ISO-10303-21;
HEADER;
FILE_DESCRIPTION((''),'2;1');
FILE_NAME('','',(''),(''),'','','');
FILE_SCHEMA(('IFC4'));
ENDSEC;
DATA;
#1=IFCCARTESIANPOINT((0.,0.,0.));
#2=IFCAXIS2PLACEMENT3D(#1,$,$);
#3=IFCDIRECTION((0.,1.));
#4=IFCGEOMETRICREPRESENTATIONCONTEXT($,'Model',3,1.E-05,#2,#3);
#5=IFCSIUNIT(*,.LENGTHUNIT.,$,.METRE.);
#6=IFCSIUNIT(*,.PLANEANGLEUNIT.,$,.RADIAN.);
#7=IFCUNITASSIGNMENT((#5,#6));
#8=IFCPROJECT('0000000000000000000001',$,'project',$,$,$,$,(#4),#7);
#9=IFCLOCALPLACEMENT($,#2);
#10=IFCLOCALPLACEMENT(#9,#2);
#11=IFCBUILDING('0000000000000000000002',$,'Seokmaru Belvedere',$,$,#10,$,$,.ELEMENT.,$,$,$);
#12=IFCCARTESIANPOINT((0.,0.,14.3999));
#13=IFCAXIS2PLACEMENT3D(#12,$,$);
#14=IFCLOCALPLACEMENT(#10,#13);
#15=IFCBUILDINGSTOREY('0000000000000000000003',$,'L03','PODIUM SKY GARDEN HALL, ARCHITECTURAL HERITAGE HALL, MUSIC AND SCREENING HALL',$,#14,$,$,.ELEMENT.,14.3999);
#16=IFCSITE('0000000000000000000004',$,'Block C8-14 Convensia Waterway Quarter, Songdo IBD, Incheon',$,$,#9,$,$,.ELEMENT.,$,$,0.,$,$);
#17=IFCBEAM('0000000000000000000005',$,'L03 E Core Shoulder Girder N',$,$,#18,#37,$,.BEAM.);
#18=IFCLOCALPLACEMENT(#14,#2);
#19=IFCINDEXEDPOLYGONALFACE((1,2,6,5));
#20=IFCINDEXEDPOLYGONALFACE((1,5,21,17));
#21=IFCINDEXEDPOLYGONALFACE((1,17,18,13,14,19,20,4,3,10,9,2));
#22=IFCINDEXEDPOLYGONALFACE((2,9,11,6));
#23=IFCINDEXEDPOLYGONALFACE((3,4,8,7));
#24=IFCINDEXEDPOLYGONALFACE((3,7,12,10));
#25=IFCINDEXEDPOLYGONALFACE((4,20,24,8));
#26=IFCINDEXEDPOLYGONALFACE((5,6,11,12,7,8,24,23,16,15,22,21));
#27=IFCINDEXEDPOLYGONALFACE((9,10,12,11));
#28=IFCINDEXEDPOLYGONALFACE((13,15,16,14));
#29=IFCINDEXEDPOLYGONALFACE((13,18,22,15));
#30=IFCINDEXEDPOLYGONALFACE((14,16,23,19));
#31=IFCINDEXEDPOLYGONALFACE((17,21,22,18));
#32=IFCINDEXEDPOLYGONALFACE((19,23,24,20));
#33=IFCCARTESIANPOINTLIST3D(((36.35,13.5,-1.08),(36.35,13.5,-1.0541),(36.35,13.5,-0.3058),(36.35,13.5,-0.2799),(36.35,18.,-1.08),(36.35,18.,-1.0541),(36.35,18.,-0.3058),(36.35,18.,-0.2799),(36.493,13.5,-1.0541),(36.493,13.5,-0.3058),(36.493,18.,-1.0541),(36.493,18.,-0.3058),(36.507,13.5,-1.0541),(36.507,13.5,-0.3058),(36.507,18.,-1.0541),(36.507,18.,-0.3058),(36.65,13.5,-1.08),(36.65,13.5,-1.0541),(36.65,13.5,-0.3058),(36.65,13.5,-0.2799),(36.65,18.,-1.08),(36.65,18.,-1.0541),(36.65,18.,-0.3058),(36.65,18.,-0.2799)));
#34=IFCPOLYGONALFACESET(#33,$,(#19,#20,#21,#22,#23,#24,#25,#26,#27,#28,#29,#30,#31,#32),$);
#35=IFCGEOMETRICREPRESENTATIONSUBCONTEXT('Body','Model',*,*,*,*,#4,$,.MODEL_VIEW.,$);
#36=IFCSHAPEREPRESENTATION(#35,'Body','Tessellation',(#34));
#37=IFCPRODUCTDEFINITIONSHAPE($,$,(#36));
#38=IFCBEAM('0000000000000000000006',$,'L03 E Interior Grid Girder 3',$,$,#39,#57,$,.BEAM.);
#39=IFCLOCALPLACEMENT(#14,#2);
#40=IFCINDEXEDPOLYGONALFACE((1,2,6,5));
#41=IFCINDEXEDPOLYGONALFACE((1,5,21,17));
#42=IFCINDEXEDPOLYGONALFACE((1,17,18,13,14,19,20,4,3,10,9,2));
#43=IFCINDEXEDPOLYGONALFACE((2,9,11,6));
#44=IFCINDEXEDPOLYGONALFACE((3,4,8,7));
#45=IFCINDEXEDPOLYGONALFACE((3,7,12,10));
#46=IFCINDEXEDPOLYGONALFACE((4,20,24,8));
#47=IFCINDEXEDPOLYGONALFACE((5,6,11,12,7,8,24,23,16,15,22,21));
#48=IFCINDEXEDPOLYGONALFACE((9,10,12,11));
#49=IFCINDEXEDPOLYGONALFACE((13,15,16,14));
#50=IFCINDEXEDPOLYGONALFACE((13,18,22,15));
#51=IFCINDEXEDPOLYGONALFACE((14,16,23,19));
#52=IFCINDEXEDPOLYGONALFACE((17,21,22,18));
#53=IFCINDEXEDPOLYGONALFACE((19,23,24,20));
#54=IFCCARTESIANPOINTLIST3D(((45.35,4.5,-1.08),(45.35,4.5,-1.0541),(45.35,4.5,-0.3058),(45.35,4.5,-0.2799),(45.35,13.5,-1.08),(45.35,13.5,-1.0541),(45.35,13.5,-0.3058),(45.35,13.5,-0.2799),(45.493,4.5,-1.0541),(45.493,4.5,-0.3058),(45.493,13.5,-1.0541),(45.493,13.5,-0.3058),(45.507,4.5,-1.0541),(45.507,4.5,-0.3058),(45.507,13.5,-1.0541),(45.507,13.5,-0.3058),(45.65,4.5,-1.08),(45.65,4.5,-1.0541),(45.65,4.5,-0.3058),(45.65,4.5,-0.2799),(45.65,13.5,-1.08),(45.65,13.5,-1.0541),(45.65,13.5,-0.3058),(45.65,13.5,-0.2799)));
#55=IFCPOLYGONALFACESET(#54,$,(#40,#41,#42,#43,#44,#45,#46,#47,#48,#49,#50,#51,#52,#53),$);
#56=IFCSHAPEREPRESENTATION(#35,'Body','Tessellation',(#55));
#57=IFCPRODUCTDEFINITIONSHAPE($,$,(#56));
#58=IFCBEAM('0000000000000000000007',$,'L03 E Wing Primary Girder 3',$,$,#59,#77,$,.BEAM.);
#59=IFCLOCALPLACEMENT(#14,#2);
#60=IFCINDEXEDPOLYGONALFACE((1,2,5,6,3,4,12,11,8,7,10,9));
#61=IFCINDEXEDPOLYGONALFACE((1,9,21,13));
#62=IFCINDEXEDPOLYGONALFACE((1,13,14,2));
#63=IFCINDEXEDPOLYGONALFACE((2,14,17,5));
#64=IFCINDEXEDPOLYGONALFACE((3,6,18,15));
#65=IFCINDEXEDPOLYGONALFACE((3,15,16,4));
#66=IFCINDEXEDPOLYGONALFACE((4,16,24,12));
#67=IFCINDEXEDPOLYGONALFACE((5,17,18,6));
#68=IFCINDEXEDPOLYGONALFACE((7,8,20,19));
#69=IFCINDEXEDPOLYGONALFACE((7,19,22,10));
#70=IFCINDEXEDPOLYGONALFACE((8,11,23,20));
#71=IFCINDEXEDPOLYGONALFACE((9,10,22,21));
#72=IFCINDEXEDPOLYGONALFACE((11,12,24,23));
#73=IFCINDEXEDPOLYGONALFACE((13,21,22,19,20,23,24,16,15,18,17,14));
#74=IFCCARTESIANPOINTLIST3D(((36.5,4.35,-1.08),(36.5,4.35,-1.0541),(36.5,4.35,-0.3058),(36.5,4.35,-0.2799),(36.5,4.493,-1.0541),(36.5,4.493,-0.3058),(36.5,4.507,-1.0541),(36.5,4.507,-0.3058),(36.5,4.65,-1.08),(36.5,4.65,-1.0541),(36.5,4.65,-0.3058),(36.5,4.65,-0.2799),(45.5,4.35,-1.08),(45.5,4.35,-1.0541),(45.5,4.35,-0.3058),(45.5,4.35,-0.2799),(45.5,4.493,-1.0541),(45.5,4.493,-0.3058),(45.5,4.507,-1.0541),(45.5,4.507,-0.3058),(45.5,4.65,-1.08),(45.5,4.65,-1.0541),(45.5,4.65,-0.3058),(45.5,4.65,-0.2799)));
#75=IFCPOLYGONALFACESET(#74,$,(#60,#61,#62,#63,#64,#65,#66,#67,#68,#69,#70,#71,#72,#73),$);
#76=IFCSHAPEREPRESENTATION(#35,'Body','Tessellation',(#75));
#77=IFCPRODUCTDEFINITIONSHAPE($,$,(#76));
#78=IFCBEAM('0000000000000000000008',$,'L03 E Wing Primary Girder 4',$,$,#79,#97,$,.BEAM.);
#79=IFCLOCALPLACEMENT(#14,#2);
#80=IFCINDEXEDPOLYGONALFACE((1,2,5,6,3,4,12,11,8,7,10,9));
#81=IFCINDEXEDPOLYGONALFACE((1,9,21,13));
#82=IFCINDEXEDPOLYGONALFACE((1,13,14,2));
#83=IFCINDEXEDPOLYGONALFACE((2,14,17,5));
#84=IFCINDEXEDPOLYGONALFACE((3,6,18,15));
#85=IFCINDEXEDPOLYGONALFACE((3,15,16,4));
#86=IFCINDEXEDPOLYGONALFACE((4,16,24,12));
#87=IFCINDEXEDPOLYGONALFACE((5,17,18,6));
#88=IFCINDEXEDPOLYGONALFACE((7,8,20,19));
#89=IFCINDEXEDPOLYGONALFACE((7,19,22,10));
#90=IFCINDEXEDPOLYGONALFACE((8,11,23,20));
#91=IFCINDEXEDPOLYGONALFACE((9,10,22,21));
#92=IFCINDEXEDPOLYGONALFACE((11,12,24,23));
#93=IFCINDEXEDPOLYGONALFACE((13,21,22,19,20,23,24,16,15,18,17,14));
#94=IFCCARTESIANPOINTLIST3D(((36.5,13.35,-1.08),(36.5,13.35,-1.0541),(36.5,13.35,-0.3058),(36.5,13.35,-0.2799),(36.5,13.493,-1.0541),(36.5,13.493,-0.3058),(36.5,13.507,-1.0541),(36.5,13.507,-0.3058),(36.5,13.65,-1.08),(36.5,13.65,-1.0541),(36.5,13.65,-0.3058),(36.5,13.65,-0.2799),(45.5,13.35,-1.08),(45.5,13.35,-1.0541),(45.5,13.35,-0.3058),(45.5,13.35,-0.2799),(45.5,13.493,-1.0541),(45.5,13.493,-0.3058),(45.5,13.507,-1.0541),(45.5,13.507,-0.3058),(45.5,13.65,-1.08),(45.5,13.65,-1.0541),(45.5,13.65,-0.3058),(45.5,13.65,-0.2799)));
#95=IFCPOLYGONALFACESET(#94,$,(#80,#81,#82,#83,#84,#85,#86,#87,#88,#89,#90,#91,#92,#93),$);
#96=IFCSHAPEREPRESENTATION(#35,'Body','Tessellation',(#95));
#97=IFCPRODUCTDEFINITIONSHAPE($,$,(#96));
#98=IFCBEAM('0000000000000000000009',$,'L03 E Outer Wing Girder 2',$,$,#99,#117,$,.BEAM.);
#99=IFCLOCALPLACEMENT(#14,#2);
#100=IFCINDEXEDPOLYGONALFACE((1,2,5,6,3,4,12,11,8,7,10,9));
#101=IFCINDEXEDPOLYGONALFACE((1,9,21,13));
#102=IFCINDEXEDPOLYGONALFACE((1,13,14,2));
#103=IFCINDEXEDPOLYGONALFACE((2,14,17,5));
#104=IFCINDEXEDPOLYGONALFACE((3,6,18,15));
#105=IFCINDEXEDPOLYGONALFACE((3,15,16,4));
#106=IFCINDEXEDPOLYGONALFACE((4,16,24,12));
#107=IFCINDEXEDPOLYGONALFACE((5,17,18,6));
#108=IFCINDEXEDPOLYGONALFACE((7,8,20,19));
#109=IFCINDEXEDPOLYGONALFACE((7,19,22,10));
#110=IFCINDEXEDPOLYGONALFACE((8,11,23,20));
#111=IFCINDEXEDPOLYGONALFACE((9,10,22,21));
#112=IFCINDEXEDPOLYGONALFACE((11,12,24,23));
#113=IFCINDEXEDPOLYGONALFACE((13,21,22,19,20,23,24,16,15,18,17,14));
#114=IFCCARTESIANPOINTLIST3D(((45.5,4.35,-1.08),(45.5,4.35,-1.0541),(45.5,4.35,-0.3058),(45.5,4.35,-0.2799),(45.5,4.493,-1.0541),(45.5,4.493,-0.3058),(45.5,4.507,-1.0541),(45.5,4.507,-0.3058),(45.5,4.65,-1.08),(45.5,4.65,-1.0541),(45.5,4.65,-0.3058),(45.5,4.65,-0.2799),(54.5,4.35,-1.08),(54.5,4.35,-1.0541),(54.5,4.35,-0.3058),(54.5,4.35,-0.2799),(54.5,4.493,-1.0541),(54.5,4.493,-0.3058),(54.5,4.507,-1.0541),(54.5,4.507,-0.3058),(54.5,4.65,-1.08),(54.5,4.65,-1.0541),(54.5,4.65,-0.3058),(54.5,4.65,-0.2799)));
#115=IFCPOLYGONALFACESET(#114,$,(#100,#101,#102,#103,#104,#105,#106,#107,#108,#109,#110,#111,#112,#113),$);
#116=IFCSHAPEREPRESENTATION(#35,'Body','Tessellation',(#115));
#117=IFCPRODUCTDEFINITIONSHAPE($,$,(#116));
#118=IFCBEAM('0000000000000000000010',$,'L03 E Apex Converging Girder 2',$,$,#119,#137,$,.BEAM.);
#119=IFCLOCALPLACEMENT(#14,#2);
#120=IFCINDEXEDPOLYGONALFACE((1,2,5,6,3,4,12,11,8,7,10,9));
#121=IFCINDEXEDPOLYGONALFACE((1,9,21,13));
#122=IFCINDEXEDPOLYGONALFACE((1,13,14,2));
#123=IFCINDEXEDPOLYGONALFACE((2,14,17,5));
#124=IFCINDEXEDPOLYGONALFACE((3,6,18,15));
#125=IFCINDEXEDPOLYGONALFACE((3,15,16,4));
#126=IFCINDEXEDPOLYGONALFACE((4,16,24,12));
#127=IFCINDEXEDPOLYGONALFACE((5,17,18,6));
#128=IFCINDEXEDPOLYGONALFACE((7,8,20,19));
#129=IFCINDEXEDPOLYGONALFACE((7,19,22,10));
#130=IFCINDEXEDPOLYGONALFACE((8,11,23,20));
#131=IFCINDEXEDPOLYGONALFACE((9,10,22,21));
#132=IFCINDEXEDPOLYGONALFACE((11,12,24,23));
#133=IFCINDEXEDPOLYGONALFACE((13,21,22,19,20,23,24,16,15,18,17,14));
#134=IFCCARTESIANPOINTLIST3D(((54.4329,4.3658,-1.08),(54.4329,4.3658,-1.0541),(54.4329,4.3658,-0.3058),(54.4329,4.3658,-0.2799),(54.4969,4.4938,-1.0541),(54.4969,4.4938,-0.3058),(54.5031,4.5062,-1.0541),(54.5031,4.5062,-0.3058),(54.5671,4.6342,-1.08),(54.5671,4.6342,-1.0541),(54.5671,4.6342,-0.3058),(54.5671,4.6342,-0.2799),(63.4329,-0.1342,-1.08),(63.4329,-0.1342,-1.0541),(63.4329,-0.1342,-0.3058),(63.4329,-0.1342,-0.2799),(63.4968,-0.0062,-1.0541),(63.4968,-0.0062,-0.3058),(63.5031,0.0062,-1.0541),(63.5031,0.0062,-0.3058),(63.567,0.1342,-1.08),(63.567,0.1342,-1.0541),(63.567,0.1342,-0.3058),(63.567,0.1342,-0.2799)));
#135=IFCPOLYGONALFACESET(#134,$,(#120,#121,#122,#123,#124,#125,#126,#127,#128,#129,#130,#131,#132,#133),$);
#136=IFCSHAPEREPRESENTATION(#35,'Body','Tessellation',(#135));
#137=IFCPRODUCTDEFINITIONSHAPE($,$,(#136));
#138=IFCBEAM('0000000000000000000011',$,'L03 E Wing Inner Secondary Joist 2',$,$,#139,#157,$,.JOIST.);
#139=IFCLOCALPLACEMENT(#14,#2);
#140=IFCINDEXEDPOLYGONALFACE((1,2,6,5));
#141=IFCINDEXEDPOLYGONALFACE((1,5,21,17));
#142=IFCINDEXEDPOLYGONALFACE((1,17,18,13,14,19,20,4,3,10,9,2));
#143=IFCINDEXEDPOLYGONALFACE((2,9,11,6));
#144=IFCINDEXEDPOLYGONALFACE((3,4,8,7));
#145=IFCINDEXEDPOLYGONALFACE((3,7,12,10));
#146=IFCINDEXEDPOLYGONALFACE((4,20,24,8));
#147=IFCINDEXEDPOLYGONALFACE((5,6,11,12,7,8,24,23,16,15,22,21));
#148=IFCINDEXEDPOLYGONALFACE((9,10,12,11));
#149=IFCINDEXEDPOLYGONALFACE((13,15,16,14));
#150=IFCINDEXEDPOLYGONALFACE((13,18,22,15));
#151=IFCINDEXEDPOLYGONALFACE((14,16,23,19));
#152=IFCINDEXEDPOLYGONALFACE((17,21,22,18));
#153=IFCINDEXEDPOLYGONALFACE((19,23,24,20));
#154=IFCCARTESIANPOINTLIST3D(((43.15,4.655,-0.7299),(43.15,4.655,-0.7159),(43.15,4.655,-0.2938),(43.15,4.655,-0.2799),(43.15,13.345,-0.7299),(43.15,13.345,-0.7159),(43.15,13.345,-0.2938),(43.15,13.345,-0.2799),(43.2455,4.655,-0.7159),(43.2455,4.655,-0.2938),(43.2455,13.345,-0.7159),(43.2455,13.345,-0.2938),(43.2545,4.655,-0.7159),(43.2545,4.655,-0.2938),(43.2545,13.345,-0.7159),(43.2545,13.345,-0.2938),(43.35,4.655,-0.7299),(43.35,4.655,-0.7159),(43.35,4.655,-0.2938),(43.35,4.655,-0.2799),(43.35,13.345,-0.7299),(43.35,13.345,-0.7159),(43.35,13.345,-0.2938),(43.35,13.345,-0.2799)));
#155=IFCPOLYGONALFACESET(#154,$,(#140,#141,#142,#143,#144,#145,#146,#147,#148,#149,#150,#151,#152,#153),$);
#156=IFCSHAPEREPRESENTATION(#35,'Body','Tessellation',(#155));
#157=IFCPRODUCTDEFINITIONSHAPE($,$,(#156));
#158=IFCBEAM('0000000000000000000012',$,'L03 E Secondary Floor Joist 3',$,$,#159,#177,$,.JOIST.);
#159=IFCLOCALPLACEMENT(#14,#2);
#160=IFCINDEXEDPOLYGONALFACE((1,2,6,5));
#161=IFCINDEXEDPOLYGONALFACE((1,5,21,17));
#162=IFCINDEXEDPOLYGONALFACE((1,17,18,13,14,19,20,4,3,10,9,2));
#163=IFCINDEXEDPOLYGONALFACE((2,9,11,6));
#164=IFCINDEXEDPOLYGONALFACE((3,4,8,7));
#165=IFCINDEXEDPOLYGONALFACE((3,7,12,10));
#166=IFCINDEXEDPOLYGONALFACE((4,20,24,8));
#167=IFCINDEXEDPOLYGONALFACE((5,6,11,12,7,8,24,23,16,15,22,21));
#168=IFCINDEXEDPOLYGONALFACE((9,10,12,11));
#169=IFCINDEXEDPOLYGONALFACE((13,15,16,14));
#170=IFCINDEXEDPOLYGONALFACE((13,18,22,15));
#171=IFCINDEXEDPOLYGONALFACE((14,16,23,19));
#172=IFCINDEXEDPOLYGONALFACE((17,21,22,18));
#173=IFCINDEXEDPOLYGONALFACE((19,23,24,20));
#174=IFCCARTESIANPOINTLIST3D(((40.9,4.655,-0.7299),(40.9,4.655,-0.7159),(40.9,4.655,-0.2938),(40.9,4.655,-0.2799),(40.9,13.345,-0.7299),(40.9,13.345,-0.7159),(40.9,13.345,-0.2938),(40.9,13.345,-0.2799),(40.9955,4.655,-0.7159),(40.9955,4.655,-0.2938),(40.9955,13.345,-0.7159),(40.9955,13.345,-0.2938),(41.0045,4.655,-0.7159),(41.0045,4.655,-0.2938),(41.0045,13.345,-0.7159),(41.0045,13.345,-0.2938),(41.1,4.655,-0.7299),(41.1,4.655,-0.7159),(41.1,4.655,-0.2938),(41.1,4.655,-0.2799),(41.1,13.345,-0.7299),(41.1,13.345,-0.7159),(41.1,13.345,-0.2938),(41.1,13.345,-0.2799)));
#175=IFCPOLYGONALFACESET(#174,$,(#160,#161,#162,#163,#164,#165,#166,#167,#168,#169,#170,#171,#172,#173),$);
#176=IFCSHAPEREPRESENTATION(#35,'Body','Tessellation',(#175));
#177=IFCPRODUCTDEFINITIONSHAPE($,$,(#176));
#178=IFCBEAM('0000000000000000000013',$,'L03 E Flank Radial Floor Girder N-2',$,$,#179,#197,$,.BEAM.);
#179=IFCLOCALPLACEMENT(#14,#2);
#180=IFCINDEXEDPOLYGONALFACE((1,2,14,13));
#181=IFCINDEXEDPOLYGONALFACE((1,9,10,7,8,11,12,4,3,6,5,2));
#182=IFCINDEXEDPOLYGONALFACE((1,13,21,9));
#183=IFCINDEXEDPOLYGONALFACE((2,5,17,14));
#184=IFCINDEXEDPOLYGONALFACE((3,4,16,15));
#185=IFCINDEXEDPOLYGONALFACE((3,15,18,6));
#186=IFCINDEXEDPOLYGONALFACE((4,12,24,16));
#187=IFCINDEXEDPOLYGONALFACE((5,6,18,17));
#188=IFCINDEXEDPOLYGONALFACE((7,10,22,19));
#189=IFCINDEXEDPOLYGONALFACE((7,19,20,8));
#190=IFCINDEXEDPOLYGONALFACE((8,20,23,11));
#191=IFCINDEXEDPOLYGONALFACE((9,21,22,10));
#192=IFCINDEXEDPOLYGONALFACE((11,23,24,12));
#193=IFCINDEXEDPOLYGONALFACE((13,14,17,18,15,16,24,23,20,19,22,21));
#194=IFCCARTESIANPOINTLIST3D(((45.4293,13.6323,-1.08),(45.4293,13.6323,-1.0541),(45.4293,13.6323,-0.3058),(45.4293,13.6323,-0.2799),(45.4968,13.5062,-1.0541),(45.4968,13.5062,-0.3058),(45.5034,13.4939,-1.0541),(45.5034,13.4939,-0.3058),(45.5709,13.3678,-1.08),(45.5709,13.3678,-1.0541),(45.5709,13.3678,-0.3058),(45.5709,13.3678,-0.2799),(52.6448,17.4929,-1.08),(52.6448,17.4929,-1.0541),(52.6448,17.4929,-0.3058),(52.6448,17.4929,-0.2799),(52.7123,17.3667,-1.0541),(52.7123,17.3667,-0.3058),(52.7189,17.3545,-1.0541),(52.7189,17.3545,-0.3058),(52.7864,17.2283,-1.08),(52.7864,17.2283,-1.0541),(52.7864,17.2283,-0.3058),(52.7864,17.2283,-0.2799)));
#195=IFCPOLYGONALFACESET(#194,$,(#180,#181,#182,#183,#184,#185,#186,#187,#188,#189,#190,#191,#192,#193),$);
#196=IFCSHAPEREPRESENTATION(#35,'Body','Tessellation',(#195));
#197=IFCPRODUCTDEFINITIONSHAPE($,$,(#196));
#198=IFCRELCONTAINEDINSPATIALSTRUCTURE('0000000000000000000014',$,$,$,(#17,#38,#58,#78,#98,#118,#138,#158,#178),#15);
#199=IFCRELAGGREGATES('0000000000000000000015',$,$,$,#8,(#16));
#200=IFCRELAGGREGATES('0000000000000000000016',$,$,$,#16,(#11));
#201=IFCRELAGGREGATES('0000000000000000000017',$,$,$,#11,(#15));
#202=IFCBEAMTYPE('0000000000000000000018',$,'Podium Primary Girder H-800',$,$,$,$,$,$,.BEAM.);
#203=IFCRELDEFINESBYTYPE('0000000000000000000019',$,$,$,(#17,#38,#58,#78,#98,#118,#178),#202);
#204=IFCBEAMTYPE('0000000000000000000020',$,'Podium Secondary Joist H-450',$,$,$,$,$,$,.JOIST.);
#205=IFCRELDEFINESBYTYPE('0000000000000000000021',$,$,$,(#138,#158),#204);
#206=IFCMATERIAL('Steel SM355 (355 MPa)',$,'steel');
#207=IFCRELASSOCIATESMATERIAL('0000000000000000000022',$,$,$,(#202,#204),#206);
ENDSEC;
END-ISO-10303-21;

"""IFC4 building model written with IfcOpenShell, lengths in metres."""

from ifc_helpers import new_model, si_unit, direction, frame, origin, origin_2d, place, context, subcontext, project, spatial, i_section, extrude, source, transform, mapped, material, material_profile, profile_set, type_object, type_shapes, element, save


model = new_model("IFC4")

# Units and contexts
model_context = context("Model", 3, precision=1e-05, world=origin(), true_north=direction((0.0, 1.0)))
body_context = subcontext(model_context, "Body", "Model", "MODEL_VIEW")
ifc_project = project(units=[si_unit("LENGTHUNIT", "METRE"), si_unit("PLANEANGLEUNIT", "RADIAN")], contexts=[model_context])

# Site, building, storey
site_placement = place(None, origin())
site = spatial("IfcSite", under=ifc_project, at=site_placement, Name="Block C8-14 Convensia Waterway Quarter, Songdo IBD, Incheon", CompositionType="ELEMENT", RefElevation=0.0)
building_placement = place(site_placement, origin())
building = spatial("IfcBuilding", under=site, at=building_placement, Name="Seokmaru Belvedere", CompositionType="ELEMENT")
storey_placement = place(building_placement, frame((0.0, 0.0, 14.3999)))
storey = spatial("IfcBuildingStorey", under=building, at=storey_placement, Name="L03", Description="PODIUM SKY GARDEN HALL, ARCHITECTURAL HERITAGE HALL, MUSIC AND SCREENING HALL", CompositionType="ELEMENT", Elevation=14.3999)

# Shared definitions
ifc_material_1 = material(Name="Steel SM355 (355 MPa)", Category="steel")

# Beams
ifc_material_profile_1 = material_profile(ifc_material_1, i_section(OverallWidth=0.3, OverallDepth=0.8, WebThickness=0.0139, FlangeThickness=0.0259, at=origin_2d()), Name="H-800x300x14x26")
ifc_profile_set_1 = profile_set([ifc_material_profile_1], Name="Steel SM355 (355 MPa)")
beam_type_1 = type_object("IfcBeamType", Name="Podium Primary Girder H-800", PredefinedType="BEAM", material=ifc_profile_set_1)
shared_shape_1 = source(origin(), body_context, "Body", "SweptSolid", [
    extrude(i_section(OverallWidth=0.3, OverallDepth=0.8, WebThickness=0.0139, FlangeThickness=0.0259, at=origin_2d()), origin(), (0.0, 0.0, 1.0), 4.5),
])
beam_1_placement = place(storey_placement, frame((36.5, 13.5, -0.6799), z_axis=(0.0, 1.0, 0.0), x_axis=(-1.0, 0.0, 0.0)))
element("IfcBeam", 1, at=beam_1_placement, inside=storey, type_object=beam_type_1, Name="L03 E Core Shoulder Girder N", PredefinedType="BEAM", context=body_context, shape_type="MappedRepresentation", body=[
    mapped(shared_shape_1, transform((0.0, 0.0, 0.0), scale=1.0)),
])
shared_shape_2 = source(origin(), body_context, "Body", "SweptSolid", [
    extrude(i_section(OverallWidth=0.3, OverallDepth=0.8, WebThickness=0.0139, FlangeThickness=0.0259, at=origin_2d()), origin(), (0.0, 0.0, 1.0), 9.0),
])
for number, where, z_axis, x_axis, name in (
    (2, (45.5, 4.5, -0.6799), (0.0, 1.0, 0.0), (-1.0, 0.0, 0.0), "L03 E Interior Grid Girder 3"),
    (3, (36.5, 4.5, -0.6799), (1.0, 0.0, 0.0), (0.0, 1.0, 0.0), "L03 E Wing Primary Girder 3"),
    (4, (36.5, 13.5, -0.6799), (1.0, 0.0, 0.0), (0.0, 1.0, 0.0), "L03 E Wing Primary Girder 4"),
    (5, (45.5, 4.5, -0.6799), (1.0, 0.0, 0.0), (0.0, 1.0, 0.0), "L03 E Outer Wing Girder 2"),
):
    element("IfcBeam", number, at=place(storey_placement, frame(where, z_axis=z_axis, x_axis=x_axis)), inside=storey, type_object=beam_type_1, Name=name, PredefinedType="BEAM", context=body_context, shape_type="MappedRepresentation", body=[
        mapped(shared_shape_2, transform((0.0, 0.0, 0.0), scale=1.0)),
    ])
shared_shape_3 = source(origin(), body_context, "Body", "SweptSolid", [
    extrude(i_section(OverallWidth=0.3, OverallDepth=0.8, WebThickness=0.0139, FlangeThickness=0.0259, at=origin_2d()), origin(), (0.0, 0.0, 1.0), 10.0623),
])
beam_2_placement = place(storey_placement, frame((54.5, 4.5, -0.6799), z_axis=(0.894427, -0.447214, 0.0), x_axis=(0.447214, 0.894427, 0.0)))
element("IfcBeam", 6, at=beam_2_placement, inside=storey, type_object=beam_type_1, Name="L03 E Apex Converging Girder 2", PredefinedType="BEAM", context=body_context, shape_type="MappedRepresentation", body=[
    mapped(shared_shape_3, transform((0.0, 0.0, 0.0), scale=1.0)),
])
ifc_material_profile_2 = material_profile(ifc_material_1, i_section(OverallWidth=0.2, OverallDepth=0.45, WebThickness=0.009, FlangeThickness=0.0139, at=origin_2d()), Name="H-450x200x9x14")
ifc_profile_set_2 = profile_set([ifc_material_profile_2], Name="Steel SM355 (355 MPa)")
beam_type_2 = type_object("IfcBeamType", Name="Podium Secondary Joist H-450", PredefinedType="JOIST", material=ifc_profile_set_2)
shared_shape_4 = source(origin(), body_context, "Body", "SweptSolid", [
    extrude(i_section(OverallWidth=0.2, OverallDepth=0.45, WebThickness=0.009, FlangeThickness=0.0139, at=origin_2d()), origin(), (0.0, 0.0, 1.0), 8.6899),
])
type_shapes(beam_type_2, [shared_shape_4])
for number, where, z_axis, x_axis, name in (
    (7, (43.25, 4.655, -0.5049), (0.0, 1.0, 0.0), (-1.0, 0.0, 0.0), "L03 E Wing Inner Secondary Joist 2"),
    (8, (41.0, 4.655, -0.5049), (0.0, 1.0, 0.0), (-1.0, 0.0, 0.0), "L03 E Secondary Floor Joist 3"),
):
    element("IfcBeam", number, at=place(storey_placement, frame(where, z_axis=z_axis, x_axis=x_axis)), inside=storey, type_object=beam_type_2, Name=name, PredefinedType="JOIST", context=body_context, shape_type="MappedRepresentation", body=[
        mapped(shared_shape_4, transform((0.0, 0.0, 0.0), scale=1.0)),
    ])
shared_shape_5 = source(origin(), body_context, "Body", "SweptSolid", [
    extrude(i_section(OverallWidth=0.3, OverallDepth=0.8, WebThickness=0.0139, FlangeThickness=0.0259, at=origin_2d()), origin(), (0.0, 0.0, 1.0), 8.1833),
])
beam_3_placement = place(storey_placement, frame((52.7156, 17.3606, -0.6799), z_axis=(-0.881729, -0.471757, 0.0), x_axis=(0.471757, -0.881729, 0.0)))
element("IfcBeam", 9, at=beam_3_placement, inside=storey, type_object=beam_type_1, Name="L03 E Flank Radial Floor Girder N-2", PredefinedType="BEAM", context=body_context, shape_type="MappedRepresentation", body=[
    mapped(shared_shape_5, transform((0.0, 0.0, 0.0), scale=1.0)),
])

save(model, "model.ifc")
